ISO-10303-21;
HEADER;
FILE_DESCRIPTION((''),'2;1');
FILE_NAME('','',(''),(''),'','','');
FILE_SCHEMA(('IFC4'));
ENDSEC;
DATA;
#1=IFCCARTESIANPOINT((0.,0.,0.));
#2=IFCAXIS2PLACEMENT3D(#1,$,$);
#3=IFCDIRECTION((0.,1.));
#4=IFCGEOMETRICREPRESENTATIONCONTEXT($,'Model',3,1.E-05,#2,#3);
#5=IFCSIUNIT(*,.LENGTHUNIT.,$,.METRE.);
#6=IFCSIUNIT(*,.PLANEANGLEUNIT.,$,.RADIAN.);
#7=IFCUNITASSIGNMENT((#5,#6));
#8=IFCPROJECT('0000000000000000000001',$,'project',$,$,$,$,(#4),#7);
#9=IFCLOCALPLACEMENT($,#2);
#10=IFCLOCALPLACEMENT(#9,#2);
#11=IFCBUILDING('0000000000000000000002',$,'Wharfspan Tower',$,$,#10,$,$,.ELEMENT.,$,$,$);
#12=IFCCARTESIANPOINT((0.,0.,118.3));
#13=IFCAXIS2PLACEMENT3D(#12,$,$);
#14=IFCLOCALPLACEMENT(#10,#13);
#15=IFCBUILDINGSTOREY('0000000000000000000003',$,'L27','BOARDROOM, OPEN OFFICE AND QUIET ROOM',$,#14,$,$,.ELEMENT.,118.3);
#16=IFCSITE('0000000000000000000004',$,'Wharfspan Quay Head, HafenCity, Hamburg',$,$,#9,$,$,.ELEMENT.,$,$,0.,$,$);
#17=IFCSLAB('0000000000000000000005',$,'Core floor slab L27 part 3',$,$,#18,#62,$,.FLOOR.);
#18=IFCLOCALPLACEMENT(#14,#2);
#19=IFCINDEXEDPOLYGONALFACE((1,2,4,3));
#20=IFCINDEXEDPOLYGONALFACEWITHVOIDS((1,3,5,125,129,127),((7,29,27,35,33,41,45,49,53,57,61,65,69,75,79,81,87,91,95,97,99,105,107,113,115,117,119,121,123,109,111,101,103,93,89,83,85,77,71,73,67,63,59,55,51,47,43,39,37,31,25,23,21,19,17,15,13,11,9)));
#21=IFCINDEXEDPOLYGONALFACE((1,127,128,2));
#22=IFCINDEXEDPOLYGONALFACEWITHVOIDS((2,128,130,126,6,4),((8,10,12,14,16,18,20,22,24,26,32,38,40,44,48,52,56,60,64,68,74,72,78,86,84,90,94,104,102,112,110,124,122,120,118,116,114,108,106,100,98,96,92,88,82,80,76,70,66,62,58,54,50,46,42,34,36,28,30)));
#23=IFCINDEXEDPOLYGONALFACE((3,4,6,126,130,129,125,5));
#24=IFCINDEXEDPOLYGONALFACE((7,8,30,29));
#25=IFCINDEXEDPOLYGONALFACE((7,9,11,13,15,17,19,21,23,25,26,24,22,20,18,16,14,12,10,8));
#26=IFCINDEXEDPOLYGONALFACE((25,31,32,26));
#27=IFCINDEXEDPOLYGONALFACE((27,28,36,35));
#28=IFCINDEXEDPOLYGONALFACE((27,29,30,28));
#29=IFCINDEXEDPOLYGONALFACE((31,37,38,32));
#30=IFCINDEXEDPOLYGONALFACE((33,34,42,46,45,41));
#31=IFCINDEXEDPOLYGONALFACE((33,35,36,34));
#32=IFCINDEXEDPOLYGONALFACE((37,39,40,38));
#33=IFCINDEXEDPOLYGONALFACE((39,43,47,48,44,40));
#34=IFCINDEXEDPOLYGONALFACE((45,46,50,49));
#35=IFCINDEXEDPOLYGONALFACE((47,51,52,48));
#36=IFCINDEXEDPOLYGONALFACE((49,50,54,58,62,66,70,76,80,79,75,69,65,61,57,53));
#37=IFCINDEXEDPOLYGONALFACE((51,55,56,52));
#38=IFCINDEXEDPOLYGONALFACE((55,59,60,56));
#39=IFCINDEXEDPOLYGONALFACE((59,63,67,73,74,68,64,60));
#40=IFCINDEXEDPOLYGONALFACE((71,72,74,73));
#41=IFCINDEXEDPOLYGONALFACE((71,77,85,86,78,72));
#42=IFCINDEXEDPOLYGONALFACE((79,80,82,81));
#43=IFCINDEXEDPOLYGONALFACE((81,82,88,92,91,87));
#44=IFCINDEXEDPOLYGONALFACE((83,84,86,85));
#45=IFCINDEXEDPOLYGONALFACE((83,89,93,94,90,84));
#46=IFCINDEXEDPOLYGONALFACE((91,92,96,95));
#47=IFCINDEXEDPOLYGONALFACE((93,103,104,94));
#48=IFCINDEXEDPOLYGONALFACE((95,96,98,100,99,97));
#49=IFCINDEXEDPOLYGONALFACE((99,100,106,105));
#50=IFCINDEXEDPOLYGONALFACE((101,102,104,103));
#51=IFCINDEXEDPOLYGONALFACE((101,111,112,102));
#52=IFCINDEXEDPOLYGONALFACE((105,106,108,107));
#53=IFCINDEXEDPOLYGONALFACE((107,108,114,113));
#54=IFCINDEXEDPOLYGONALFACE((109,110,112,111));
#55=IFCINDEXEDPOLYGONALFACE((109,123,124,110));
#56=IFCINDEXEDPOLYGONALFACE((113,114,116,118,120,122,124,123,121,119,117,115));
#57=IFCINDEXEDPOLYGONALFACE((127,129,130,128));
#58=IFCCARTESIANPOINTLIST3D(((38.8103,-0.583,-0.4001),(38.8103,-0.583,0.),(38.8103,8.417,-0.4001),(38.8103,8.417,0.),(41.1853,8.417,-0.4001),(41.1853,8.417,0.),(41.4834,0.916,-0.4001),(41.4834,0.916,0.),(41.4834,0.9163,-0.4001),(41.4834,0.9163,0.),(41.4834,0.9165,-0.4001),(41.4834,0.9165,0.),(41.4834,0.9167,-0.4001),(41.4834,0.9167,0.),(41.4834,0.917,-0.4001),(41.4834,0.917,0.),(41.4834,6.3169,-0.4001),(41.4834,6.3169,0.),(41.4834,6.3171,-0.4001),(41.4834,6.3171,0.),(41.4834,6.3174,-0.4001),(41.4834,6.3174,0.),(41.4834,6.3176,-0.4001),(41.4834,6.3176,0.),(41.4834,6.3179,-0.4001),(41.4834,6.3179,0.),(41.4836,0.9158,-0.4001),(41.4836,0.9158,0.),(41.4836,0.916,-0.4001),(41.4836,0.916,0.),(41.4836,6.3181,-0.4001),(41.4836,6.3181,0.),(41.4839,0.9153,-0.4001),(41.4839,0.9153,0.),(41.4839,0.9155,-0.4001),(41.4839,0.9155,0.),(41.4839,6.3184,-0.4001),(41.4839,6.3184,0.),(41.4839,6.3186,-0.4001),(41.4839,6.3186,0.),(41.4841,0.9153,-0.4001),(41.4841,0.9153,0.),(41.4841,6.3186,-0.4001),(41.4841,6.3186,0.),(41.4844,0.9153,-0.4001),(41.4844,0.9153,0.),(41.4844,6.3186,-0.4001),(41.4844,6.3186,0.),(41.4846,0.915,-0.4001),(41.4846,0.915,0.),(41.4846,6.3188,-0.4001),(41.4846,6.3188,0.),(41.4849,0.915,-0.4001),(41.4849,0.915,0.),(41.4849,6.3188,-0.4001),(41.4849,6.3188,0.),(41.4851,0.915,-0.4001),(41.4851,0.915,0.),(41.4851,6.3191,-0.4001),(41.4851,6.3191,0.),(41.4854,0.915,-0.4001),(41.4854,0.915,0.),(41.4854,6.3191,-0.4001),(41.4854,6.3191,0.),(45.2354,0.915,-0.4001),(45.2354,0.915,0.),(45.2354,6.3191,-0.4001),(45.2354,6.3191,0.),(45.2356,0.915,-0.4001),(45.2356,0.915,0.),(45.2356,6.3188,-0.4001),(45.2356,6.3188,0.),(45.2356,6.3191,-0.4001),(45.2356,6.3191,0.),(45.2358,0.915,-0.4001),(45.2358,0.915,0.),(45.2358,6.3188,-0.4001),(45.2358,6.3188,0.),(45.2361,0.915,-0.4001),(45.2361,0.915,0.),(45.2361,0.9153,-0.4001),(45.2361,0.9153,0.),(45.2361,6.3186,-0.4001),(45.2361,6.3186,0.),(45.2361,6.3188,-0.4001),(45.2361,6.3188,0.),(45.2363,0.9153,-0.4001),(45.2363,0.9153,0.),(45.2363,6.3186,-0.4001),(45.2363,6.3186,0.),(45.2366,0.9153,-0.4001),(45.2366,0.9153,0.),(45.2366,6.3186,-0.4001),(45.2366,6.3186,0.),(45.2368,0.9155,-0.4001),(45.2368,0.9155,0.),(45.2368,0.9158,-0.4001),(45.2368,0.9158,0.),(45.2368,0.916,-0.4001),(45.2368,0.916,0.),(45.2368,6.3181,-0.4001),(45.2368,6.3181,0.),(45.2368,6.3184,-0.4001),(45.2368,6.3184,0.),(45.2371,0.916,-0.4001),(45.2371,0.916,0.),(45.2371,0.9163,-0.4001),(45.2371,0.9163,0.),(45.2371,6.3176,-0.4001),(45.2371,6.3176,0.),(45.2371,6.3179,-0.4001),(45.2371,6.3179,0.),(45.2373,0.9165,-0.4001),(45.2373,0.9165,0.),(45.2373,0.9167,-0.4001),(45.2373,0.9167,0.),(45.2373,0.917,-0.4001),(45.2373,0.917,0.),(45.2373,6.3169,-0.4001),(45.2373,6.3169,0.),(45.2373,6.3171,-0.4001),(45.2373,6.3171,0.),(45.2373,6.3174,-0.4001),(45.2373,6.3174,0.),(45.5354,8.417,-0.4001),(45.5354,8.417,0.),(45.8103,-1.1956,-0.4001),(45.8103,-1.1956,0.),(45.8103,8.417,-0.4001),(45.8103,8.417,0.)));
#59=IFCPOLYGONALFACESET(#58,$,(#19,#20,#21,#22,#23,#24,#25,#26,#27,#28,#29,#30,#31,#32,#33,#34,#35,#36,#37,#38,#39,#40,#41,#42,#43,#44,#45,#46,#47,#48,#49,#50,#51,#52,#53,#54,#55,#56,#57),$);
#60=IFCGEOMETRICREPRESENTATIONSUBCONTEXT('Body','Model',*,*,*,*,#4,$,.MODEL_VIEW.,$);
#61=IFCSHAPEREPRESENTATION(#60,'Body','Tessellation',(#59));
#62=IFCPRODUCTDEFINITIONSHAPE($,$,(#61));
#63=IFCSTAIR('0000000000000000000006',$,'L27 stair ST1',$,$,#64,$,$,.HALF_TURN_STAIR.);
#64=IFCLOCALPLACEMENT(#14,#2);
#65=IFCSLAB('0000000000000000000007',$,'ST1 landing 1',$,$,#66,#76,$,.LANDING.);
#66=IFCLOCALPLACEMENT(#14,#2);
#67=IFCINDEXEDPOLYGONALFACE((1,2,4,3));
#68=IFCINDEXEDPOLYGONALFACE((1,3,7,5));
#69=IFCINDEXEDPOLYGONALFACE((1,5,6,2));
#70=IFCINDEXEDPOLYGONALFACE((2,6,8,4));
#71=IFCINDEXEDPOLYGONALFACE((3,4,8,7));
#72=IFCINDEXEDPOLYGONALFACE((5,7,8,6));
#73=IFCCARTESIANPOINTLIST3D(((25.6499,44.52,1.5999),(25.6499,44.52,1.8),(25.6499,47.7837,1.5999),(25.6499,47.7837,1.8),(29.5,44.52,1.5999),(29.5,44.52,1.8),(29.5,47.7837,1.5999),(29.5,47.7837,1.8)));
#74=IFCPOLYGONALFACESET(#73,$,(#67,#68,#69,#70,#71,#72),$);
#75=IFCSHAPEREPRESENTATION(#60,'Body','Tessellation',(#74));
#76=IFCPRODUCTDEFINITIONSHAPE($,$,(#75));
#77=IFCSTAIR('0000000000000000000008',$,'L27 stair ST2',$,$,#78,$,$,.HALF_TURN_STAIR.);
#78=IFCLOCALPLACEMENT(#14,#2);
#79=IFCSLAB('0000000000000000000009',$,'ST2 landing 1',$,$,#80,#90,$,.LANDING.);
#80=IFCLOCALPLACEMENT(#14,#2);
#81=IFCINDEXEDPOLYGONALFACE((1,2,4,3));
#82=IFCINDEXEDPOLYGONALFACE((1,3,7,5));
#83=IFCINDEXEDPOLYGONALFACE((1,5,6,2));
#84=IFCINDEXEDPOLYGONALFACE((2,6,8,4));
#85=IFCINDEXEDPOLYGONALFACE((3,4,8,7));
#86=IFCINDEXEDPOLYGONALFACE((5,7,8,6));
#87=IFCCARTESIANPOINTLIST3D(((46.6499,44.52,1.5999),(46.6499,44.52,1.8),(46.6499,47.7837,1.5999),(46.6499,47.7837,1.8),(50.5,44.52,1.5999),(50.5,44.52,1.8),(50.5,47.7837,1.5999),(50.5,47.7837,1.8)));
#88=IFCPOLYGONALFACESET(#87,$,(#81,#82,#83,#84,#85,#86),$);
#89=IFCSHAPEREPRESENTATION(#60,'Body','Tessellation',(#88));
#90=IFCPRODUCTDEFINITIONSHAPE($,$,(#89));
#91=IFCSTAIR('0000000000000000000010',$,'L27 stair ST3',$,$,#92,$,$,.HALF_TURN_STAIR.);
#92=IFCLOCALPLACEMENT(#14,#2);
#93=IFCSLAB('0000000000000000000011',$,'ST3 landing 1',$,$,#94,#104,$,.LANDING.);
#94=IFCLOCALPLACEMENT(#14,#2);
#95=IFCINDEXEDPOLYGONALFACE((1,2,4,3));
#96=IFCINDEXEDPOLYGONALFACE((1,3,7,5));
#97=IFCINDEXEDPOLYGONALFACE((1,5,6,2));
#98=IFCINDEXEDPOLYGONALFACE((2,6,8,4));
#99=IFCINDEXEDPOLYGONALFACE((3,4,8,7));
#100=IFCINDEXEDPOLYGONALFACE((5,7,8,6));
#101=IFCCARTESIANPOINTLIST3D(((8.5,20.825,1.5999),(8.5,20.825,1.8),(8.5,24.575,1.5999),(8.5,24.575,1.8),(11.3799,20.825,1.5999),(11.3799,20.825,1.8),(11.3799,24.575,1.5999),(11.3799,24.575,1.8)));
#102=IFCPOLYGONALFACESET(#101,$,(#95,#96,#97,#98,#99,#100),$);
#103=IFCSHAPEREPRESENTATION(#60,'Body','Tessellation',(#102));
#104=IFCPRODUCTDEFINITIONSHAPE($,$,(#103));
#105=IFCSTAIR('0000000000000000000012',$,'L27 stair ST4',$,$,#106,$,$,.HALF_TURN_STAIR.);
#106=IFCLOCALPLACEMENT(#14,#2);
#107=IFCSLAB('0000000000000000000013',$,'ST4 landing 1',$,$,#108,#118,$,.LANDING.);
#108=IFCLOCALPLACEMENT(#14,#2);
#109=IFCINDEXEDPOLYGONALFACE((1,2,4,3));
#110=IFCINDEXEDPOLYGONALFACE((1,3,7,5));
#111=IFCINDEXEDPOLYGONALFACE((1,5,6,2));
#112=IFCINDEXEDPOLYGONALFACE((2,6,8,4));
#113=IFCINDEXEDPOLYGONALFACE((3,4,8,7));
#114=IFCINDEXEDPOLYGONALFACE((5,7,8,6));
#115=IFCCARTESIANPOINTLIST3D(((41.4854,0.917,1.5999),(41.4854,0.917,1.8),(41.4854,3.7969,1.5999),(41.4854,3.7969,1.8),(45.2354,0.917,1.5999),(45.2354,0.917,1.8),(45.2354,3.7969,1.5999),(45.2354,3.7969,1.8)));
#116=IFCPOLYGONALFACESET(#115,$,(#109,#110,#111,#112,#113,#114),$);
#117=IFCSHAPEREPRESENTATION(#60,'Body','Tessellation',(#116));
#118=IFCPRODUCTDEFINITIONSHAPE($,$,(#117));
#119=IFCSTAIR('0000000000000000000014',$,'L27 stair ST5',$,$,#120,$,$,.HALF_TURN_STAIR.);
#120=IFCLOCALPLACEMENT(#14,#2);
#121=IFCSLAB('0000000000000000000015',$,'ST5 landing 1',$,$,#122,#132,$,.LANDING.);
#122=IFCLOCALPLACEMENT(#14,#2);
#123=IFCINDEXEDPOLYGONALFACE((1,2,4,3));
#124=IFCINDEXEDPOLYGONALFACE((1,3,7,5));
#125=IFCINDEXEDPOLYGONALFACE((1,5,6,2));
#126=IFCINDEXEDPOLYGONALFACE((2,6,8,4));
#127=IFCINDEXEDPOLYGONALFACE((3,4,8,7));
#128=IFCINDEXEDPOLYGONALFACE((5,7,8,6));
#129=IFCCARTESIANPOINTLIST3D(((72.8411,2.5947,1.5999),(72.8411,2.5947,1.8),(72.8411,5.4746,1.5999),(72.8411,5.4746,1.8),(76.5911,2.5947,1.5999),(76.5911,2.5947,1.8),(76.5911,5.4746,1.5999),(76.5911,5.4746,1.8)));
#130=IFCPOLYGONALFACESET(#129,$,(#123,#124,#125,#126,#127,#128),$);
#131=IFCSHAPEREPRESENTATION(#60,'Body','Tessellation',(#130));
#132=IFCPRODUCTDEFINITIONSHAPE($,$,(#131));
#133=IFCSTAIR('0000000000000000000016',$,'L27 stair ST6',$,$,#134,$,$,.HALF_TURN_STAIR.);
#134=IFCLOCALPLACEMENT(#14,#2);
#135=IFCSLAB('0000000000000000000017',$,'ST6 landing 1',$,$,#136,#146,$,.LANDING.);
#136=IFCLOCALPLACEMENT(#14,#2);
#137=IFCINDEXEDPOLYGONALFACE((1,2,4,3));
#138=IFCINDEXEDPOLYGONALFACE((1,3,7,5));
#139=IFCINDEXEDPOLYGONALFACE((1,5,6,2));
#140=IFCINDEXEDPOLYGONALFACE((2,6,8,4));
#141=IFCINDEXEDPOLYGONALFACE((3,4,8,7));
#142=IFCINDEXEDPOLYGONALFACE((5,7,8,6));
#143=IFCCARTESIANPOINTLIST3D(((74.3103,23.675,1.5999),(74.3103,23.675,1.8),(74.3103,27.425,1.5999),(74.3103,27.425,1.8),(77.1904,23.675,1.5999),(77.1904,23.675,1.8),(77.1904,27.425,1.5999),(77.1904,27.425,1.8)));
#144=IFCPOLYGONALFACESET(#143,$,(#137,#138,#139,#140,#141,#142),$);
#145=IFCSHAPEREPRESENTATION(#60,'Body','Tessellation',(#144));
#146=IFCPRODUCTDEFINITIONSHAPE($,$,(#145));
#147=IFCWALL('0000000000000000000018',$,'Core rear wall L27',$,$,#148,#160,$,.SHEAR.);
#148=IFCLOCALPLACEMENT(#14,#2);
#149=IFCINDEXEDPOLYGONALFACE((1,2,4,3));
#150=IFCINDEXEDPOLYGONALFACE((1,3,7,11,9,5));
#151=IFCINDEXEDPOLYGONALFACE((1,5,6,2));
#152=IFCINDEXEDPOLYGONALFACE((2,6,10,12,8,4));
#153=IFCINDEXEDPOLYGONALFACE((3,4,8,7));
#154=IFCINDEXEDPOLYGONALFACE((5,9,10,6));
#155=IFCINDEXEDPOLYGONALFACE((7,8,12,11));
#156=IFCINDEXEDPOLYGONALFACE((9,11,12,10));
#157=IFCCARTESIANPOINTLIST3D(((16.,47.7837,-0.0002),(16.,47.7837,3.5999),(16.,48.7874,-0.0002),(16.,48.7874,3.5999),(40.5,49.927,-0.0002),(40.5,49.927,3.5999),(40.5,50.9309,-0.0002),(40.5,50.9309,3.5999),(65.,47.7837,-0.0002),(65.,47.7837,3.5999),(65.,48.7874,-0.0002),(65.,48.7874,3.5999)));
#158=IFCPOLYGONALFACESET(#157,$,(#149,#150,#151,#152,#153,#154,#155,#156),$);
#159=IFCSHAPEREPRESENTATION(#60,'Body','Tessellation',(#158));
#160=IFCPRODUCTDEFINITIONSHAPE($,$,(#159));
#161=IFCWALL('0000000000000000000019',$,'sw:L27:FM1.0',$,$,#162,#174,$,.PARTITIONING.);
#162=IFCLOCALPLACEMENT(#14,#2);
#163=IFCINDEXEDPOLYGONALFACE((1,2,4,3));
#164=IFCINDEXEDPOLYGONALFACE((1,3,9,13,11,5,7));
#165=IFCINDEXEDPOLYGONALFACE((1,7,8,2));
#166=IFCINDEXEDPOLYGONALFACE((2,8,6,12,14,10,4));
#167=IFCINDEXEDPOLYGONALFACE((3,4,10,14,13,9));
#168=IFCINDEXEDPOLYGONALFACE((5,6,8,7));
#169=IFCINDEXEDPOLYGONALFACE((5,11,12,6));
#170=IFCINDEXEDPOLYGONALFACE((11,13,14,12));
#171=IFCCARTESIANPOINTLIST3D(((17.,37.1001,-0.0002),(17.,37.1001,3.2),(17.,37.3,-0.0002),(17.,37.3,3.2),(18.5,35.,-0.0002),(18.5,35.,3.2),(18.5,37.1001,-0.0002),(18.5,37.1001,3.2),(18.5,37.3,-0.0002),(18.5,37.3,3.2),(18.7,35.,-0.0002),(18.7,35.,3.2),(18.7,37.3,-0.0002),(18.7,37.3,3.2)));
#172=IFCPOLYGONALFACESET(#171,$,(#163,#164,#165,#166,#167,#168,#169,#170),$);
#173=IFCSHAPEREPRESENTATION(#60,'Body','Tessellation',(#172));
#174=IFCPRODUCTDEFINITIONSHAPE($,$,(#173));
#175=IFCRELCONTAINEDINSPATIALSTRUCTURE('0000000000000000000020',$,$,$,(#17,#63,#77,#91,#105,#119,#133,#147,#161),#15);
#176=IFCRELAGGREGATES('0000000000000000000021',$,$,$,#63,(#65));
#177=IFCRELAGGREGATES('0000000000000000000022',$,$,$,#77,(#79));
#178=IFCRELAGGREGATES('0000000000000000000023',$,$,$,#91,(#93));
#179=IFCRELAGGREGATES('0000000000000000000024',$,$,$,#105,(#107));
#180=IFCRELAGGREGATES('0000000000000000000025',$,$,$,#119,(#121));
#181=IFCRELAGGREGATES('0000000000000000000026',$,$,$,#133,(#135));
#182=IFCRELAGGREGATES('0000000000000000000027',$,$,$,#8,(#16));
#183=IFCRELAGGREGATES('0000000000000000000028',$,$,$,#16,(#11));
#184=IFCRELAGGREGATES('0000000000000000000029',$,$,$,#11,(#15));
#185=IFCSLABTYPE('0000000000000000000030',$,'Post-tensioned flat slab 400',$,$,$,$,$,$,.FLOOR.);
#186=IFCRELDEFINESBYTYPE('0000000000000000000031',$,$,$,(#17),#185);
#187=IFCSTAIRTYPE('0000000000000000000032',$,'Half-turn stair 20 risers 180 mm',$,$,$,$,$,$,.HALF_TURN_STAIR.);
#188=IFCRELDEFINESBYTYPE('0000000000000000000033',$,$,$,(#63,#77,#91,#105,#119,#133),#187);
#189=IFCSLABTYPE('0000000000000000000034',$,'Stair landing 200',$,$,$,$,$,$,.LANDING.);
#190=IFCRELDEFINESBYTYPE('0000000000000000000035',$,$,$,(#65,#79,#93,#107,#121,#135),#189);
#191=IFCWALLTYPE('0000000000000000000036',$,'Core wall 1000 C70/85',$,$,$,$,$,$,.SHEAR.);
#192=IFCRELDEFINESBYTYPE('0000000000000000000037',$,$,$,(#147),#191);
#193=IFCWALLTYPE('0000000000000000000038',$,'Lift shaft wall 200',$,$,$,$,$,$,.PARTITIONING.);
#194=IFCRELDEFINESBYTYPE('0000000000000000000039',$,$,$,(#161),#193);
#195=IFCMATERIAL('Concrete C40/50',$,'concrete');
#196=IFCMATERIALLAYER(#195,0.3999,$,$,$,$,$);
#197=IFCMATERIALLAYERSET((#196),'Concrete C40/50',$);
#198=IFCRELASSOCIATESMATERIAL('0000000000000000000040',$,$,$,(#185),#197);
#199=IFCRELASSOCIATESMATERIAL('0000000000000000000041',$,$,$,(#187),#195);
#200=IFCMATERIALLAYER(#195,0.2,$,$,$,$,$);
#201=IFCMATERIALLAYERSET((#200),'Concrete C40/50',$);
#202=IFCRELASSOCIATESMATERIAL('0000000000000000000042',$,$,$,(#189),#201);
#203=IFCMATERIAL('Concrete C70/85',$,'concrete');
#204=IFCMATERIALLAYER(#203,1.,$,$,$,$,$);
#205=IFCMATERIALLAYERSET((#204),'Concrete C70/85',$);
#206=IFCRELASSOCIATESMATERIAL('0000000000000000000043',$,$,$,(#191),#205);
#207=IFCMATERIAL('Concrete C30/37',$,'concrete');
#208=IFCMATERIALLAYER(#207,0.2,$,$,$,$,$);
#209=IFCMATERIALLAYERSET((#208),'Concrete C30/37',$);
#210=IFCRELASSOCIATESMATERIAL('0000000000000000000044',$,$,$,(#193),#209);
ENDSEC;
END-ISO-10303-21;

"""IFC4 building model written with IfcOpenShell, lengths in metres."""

from ifc_helpers import new_model, si_unit, direction, frame, origin, place, context, subcontext, project, spatial, polyline, outline, extrude, material, layer, layer_set, type_object, element, aggregate, save


model = new_model("IFC4")

# Units and contexts
model_context = context("Model", 3, precision=1e-05, world=origin(), true_north=direction((0.0, 1.0)))
body_context = subcontext(model_context, "Body", "Model", "MODEL_VIEW")
ifc_project = project(units=[si_unit("LENGTHUNIT", "METRE"), si_unit("PLANEANGLEUNIT", "RADIAN")], contexts=[model_context])

# Site, building, storey
site_placement = place(None, origin())
site = spatial("IfcSite", under=ifc_project, at=site_placement, Name="Wharfspan Quay Head, HafenCity, Hamburg", CompositionType="ELEMENT", RefElevation=0.0)
building_placement = place(site_placement, origin())
building = spatial("IfcBuilding", under=site, at=building_placement, Name="Wharfspan Tower", CompositionType="ELEMENT")
storey_placement = place(building_placement, frame((0.0, 0.0, 118.3)))
storey = spatial("IfcBuildingStorey", under=building, at=storey_placement, Name="L27", Description="BOARDROOM, OPEN OFFICE AND QUIET ROOM", CompositionType="ELEMENT", Elevation=118.3)

# Slab
ifc_material_1 = material(Name="Concrete C40/50", Category="concrete")
ifc_layer_1 = layer(ifc_material_1, 0.3999)
ifc_layer_set_1 = layer_set([ifc_layer_1], Name="Concrete C40/50")
slab_type_1 = type_object("IfcSlabType", Name="Post-tensioned flat slab 400", PredefinedType="FLOOR", material=ifc_layer_set_1)
slab_1_placement = place(storey_placement, frame((0.0, 0.0, -0.4001)))
element("IfcSlab", 1, at=slab_1_placement, inside=storey, type_object=slab_type_1, Name="Core floor slab L27 part 3", PredefinedType="FLOOR", context=body_context, shape_type="SweptSolid", body=[
    extrude(outline(polyline([(45.5354, 8.417), (41.1853, 8.417), (38.8103, 8.417), (38.8103, -0.583), (45.8103, -1.1956), (45.8103, 8.417), (45.5354, 8.417)]), holes=[polyline([(41.4834, 6.3169), (41.4834, 6.3171), (41.4834, 6.3174), (41.4834, 6.3174), (41.4834, 6.3176), (41.4834, 6.3179), (41.4836, 6.3181), (41.4836, 6.3181), (41.4839, 6.3184), (41.4839, 6.3186), (41.4841, 6.3186), (41.4844, 6.3186), (41.4846, 6.3188), (41.4846, 6.3188), (41.4849, 6.3188), (41.4851, 6.3191), (41.4854, 6.3191), (45.2354, 6.3191), (45.2356, 6.3191), (45.2356, 6.3188), (45.2358, 6.3188), (45.2361, 6.3188), (45.2361, 6.3186), (45.2363, 6.3186), (45.2366, 6.3186), (45.2368, 6.3184), (45.2368, 6.3181), (45.2368, 6.3181), (45.2371, 6.3179), (45.2371, 6.3176), (45.2373, 6.3174), (45.2373, 6.3174), (45.2373, 6.3171), (45.2373, 6.3169), (45.2373, 0.917), (45.2373, 0.9167), (45.2373, 0.9165), (45.2373, 0.9165), (45.2371, 0.9163), (45.2371, 0.916), (45.2368, 0.916), (45.2368, 0.9158), (45.2368, 0.9155), (45.2366, 0.9153), (45.2363, 0.9153), (45.2361, 0.9153), (45.2361, 0.915), (45.2358, 0.915), (45.2356, 0.915), (45.2356, 0.915), (45.2354, 0.915), (41.4854, 0.915), (41.4851, 0.915), (41.4849, 0.915), (41.4846, 0.915), (41.4846, 0.915), (41.4844, 0.9153), (41.4841, 0.9153), (41.4839, 0.9153), (41.4839, 0.9155), (41.4836, 0.9158), (41.4836, 0.916), (41.4834, 0.916), (41.4834, 0.9163), (41.4834, 0.9165), (41.4834, 0.9165), (41.4834, 0.9167), (41.4834, 0.917), (41.4834, 6.3169)])]), origin(), (0.0, 0.0, 1.0), 0.4001),
])

# Stairs, slabs
stair_type = type_object("IfcStairType", Name="Half-turn stair 20 risers 180 mm", PredefinedType="HALF_TURN_STAIR", material=ifc_material_1)
stair_1_placement = place(storey_placement, origin())
stair_1 = element("IfcStair", 2, at=stair_1_placement, inside=storey, type_object=stair_type, Name="L27 stair ST1", PredefinedType="HALF_TURN_STAIR")
ifc_layer_2 = layer(ifc_material_1, 0.2)
ifc_layer_set_2 = layer_set([ifc_layer_2], Name="Concrete C40/50")
slab_type_2 = type_object("IfcSlabType", Name="Stair landing 200", PredefinedType="LANDING", material=ifc_layer_set_2)
slab_2_placement = place(storey_placement, frame((0.0, 0.0, 1.5999)))
slab_2 = element("IfcSlab", 3, at=slab_2_placement, type_object=slab_type_2, Name="ST1 landing 1", PredefinedType="LANDING", context=body_context, shape_type="SweptSolid", body=[
    extrude(outline(polyline([(25.6499, 44.52), (29.5, 44.52), (29.5, 47.7837), (25.6499, 47.7837), (25.6499, 44.52)])), origin(), (0.0, 0.0, 1.0), 0.2002),
])
aggregate(stair_1, [slab_2])
stair_2_placement = place(storey_placement, origin())
stair_2 = element("IfcStair", 4, at=stair_2_placement, inside=storey, type_object=stair_type, Name="L27 stair ST2", PredefinedType="HALF_TURN_STAIR")
slab_3_placement = place(storey_placement, frame((0.0, 0.0, 1.5999)))
slab_3 = element("IfcSlab", 5, at=slab_3_placement, type_object=slab_type_2, Name="ST2 landing 1", PredefinedType="LANDING", context=body_context, shape_type="SweptSolid", body=[
    extrude(outline(polyline([(46.6499, 44.52), (50.5, 44.52), (50.5, 47.7837), (46.6499, 47.7837), (46.6499, 44.52)])), origin(), (0.0, 0.0, 1.0), 0.2002),
])
aggregate(stair_2, [slab_3])
stair_3_placement = place(storey_placement, origin())
stair_3 = element("IfcStair", 6, at=stair_3_placement, inside=storey, type_object=stair_type, Name="L27 stair ST3", PredefinedType="HALF_TURN_STAIR")
slab_4_placement = place(storey_placement, frame((0.0, 0.0, 1.5999)))
slab_4 = element("IfcSlab", 7, at=slab_4_placement, type_object=slab_type_2, Name="ST3 landing 1", PredefinedType="LANDING", context=body_context, shape_type="SweptSolid", body=[
    extrude(outline(polyline([(11.3799, 24.575), (8.5, 24.575), (8.5, 20.825), (11.3799, 20.825), (11.3799, 24.575)])), origin(), (0.0, 0.0, 1.0), 0.2002),
])
aggregate(stair_3, [slab_4])
stair_4_placement = place(storey_placement, origin())
stair_4 = element("IfcStair", 8, at=stair_4_placement, inside=storey, type_object=stair_type, Name="L27 stair ST4", PredefinedType="HALF_TURN_STAIR")
slab_5_placement = place(storey_placement, frame((0.0, 0.0, 1.5999)))
slab_5 = element("IfcSlab", 9, at=slab_5_placement, type_object=slab_type_2, Name="ST4 landing 1", PredefinedType="LANDING", context=body_context, shape_type="SweptSolid", body=[
    extrude(outline(polyline([(41.4854, 3.7969), (41.4854, 0.917), (45.2354, 0.917), (45.2354, 3.7969), (41.4854, 3.7969)])), origin(), (0.0, 0.0, 1.0), 0.2002),
])
aggregate(stair_4, [slab_5])
stair_5_placement = place(storey_placement, origin())
stair_5 = element("IfcStair", 10, at=stair_5_placement, inside=storey, type_object=stair_type, Name="L27 stair ST5", PredefinedType="HALF_TURN_STAIR")
slab_6_placement = place(storey_placement, frame((0.0, 0.0, 1.5999)))
slab_6 = element("IfcSlab", 11, at=slab_6_placement, type_object=slab_type_2, Name="ST5 landing 1", PredefinedType="LANDING", context=body_context, shape_type="SweptSolid", body=[
    extrude(outline(polyline([(72.8411, 5.4746), (72.8411, 2.5947), (76.5911, 2.5947), (76.5911, 5.4746), (72.8411, 5.4746)])), origin(), (0.0, 0.0, 1.0), 0.2002),
])
aggregate(stair_5, [slab_6])
stair_6_placement = place(storey_placement, origin())
stair_6 = element("IfcStair", 12, at=stair_6_placement, inside=storey, type_object=stair_type, Name="L27 stair ST6", PredefinedType="HALF_TURN_STAIR")
slab_7_placement = place(storey_placement, frame((0.0, 0.0, 1.5999)))
slab_7 = element("IfcSlab", 13, at=slab_7_placement, type_object=slab_type_2, Name="ST6 landing 1", PredefinedType="LANDING", context=body_context, shape_type="SweptSolid", body=[
    extrude(outline(polyline([(74.3103, 23.675), (77.1904, 23.675), (77.1904, 27.425), (74.3103, 27.425), (74.3103, 23.675)])), origin(), (0.0, 0.0, 1.0), 0.2002),
])
aggregate(stair_6, [slab_7])

# Walls
ifc_material_2 = material(Name="Concrete C70/85", Category="concrete")
ifc_layer_3 = layer(ifc_material_2, 1.0)
ifc_layer_set_3 = layer_set([ifc_layer_3], Name="Concrete C70/85")
wall_type_1 = type_object("IfcWallType", Name="Core wall 1000 C70/85", PredefinedType="SHEAR", material=ifc_layer_set_3)
wall_1_placement = place(storey_placement, frame((0.0, 0.0, -0.0002)))
element("IfcWall", 14, at=wall_1_placement, inside=storey, type_object=wall_type_1, Name="Core rear wall L27", PredefinedType="SHEAR", context=body_context, shape_type="SweptSolid", body=[
    extrude(outline(polyline([(16.0, 47.7837), (40.5, 49.927), (65.0, 47.7837), (65.0, 48.7874), (40.5, 50.9309), (16.0, 48.7874), (16.0, 47.7837)])), origin(), (0.0, 0.0, 1.0), 3.6001),
])
ifc_material_3 = material(Name="Concrete C30/37", Category="concrete")
ifc_layer_4 = layer(ifc_material_3, 0.2)
ifc_layer_set_4 = layer_set([ifc_layer_4], Name="Concrete C30/37")
wall_type_2 = type_object("IfcWallType", Name="Lift shaft wall 200", PredefinedType="PARTITIONING", material=ifc_layer_set_4)
wall_2_placement = place(storey_placement, frame((0.0, 0.0, -0.0002)))
element("IfcWall", 15, at=wall_2_placement, inside=storey, type_object=wall_type_2, Name="sw:L27:FM1.0", PredefinedType="PARTITIONING", context=body_context, shape_type="SweptSolid", body=[
    extrude(outline(polyline([(18.5, 37.1001), (17.0, 37.1001), (17.0, 37.3), (18.5, 37.3), (18.7, 37.3), (18.7, 35.0), (18.5, 35.0), (18.5, 37.1001)])), origin(), (0.0, 0.0, 1.0), 3.2002),
])

save(model, "model.ifc")
